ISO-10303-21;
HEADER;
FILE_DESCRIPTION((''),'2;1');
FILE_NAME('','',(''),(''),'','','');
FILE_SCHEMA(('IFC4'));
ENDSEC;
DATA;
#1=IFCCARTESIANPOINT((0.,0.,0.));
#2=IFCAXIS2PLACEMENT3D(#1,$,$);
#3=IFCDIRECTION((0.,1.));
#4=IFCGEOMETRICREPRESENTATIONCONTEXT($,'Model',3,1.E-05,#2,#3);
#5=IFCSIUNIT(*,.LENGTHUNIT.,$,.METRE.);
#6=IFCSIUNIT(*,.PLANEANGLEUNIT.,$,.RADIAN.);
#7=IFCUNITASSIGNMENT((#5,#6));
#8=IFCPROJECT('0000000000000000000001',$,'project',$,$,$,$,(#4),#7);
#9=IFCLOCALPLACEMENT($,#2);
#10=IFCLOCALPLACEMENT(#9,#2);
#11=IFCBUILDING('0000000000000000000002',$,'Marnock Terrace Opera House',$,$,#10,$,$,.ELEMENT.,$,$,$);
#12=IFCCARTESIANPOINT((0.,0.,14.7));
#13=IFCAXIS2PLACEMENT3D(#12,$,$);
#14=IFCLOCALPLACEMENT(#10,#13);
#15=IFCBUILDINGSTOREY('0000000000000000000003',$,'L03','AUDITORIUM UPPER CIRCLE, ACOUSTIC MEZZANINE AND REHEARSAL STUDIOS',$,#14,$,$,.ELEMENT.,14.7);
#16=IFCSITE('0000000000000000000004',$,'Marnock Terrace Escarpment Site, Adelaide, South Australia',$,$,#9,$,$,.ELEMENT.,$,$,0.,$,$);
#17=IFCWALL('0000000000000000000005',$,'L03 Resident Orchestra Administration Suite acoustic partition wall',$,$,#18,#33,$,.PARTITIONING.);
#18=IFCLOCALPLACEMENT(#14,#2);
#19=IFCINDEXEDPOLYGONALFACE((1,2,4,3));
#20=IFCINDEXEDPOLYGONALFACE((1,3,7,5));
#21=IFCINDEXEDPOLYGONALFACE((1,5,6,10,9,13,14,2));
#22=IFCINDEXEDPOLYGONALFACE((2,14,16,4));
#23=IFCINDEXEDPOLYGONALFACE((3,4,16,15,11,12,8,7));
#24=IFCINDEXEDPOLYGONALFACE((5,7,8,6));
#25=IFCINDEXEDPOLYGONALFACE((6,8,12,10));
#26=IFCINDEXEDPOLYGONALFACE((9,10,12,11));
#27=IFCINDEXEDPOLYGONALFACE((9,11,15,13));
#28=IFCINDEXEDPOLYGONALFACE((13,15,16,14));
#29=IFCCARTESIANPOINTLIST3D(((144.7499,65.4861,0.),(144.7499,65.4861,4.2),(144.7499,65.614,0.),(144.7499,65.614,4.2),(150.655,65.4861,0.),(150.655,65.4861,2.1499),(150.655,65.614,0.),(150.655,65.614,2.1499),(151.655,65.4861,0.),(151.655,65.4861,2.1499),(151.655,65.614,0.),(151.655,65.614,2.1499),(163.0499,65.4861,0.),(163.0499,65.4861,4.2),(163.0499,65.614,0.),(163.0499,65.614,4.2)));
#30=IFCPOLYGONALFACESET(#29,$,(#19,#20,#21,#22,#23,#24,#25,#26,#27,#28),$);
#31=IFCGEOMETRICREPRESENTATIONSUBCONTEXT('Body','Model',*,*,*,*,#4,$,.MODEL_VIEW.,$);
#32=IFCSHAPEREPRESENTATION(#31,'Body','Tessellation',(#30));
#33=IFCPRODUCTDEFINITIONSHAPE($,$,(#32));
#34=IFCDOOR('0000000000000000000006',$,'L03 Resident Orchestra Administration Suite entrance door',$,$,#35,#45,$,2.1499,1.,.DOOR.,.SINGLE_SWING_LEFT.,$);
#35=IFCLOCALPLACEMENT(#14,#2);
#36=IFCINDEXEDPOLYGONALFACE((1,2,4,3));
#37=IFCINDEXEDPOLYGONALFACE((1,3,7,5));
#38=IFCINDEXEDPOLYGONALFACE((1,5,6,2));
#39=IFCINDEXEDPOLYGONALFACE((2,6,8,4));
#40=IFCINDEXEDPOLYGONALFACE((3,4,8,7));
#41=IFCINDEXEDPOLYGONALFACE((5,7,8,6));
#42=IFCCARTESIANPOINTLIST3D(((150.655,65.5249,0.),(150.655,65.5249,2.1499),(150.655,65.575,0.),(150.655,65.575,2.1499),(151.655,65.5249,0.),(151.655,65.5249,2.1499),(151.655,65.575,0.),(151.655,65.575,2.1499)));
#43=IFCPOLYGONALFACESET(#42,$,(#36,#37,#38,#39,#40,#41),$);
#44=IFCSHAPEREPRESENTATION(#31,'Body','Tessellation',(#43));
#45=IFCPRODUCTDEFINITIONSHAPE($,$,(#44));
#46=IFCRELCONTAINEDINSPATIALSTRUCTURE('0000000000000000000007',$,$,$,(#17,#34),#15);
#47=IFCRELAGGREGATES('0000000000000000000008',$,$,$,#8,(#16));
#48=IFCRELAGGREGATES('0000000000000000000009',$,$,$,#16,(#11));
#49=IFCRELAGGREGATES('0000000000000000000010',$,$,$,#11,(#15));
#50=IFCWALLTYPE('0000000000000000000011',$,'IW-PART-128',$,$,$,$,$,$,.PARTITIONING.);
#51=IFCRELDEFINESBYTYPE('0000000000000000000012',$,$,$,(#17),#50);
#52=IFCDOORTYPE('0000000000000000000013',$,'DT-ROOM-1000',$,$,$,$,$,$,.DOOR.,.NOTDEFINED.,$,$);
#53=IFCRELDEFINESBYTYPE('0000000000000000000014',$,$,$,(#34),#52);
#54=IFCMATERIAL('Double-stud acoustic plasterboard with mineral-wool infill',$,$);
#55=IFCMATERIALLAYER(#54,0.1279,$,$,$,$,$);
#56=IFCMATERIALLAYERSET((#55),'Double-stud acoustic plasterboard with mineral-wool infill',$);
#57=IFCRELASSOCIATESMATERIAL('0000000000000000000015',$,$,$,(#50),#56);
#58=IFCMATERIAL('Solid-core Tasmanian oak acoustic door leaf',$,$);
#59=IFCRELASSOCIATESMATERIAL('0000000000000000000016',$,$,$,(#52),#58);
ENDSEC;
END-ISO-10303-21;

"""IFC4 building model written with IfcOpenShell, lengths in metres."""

from ifc_helpers import new_model, si_unit, direction, frame, frame_2d, origin, place, context, subcontext, project, spatial, rectangle, extrude, material, layer, layer_set, type_object, element, fill, save


model = new_model("IFC4")

# Units and contexts
model_context = context("Model", 3, precision=1e-05, world=origin(), true_north=direction((0.0, 1.0)))
body_context = subcontext(model_context, "Body", "Model", "MODEL_VIEW")
ifc_project = project(units=[si_unit("LENGTHUNIT", "METRE"), si_unit("PLANEANGLEUNIT", "RADIAN")], contexts=[model_context])

# Site, building, storey
site_placement = place(None, origin())
site = spatial("IfcSite", under=ifc_project, at=site_placement, Name="Marnock Terrace Escarpment Site, Adelaide, South Australia", CompositionType="ELEMENT", RefElevation=0.0)
building_placement = place(site_placement, origin())
building = spatial("IfcBuilding", under=site, at=building_placement, Name="Marnock Terrace Opera House", CompositionType="ELEMENT")
storey_placement = place(building_placement, frame((0.0, 0.0, 14.7)))
storey = spatial("IfcBuildingStorey", under=building, at=storey_placement, Name="L03", Description="AUDITORIUM UPPER CIRCLE, ACOUSTIC MEZZANINE AND REHEARSAL STUDIOS", CompositionType="ELEMENT", Elevation=14.7)

# Wall, opening, door
ifc_material_1 = material(Name="Double-stud acoustic plasterboard with mineral-wool infill")
ifc_layer_1 = layer(ifc_material_1, 0.1279)
ifc_layer_set_1 = layer_set([ifc_layer_1], Name="Double-stud acoustic plasterboard with mineral-wool infill")
wall_type_1 = type_object("IfcWallType", Name="IW-PART-128", PredefinedType="PARTITIONING", material=ifc_layer_set_1)
wall_1_placement = place(storey_placement, frame((144.75, 65.55, 0.0), z_axis=(0.0, 0.0, 1.0), x_axis=(1.0, 0.0, 0.0)))
wall_1 = element("IfcWall", 1, at=wall_1_placement, inside=storey, type_object=wall_type_1, Name="L03 Resident Orchestra Administration Suite acoustic partition wall", PredefinedType="PARTITIONING", context=body_context, shape_type="SweptSolid", body=[
    extrude(rectangle(XDim=18.3, YDim=0.1279, at=frame_2d((9.1499, 0.0))), origin(), (0.0, 0.0, 1.0), 4.2),
])
opening_1_placement = place(wall_1_placement, frame((5.905, 0.0, 0.0)))
opening_1 = element("IfcOpeningElement", 2, at=opening_1_placement, cuts=wall_1, PredefinedType="OPENING", context=body_context, shape_type="SweptSolid", body=[
    extrude(rectangle(XDim=1.0, YDim=2.1499, at=frame_2d((0.5, 1.075))), frame((0.0, 0.074, 0.0), z_axis=(0.0, -1.0, 0.0), x_axis=(1.0, 0.0, 0.0)), (0.0, 0.0, 1.0), 0.1479),
])
ifc_material_2 = material(Name="Solid-core Tasmanian oak acoustic door leaf")
door_type = type_object("IfcDoorType", Name="DT-ROOM-1000", OperationType="NOTDEFINED", PredefinedType="DOOR", material=ifc_material_2)
door_placement = place(opening_1_placement, origin())
door = element("IfcDoor", 3, at=door_placement, inside=storey, type_object=door_type, Name="L03 Resident Orchestra Administration Suite entrance door", OperationType="SINGLE_SWING_LEFT", OverallHeight=2.1499, OverallWidth=1.0, PredefinedType="DOOR", context=body_context, shape_type="SweptSolid", body=[
    extrude(rectangle(XDim=1.0, YDim=2.1499, at=frame_2d((0.5, 1.075))), frame((0.0, 0.0249, 0.0), z_axis=(0.0, -1.0, 0.0), x_axis=(1.0, 0.0, 0.0)), (0.0, 0.0, 1.0), 0.05),
])
fill(opening_1, door)

save(model, "model.ifc")
